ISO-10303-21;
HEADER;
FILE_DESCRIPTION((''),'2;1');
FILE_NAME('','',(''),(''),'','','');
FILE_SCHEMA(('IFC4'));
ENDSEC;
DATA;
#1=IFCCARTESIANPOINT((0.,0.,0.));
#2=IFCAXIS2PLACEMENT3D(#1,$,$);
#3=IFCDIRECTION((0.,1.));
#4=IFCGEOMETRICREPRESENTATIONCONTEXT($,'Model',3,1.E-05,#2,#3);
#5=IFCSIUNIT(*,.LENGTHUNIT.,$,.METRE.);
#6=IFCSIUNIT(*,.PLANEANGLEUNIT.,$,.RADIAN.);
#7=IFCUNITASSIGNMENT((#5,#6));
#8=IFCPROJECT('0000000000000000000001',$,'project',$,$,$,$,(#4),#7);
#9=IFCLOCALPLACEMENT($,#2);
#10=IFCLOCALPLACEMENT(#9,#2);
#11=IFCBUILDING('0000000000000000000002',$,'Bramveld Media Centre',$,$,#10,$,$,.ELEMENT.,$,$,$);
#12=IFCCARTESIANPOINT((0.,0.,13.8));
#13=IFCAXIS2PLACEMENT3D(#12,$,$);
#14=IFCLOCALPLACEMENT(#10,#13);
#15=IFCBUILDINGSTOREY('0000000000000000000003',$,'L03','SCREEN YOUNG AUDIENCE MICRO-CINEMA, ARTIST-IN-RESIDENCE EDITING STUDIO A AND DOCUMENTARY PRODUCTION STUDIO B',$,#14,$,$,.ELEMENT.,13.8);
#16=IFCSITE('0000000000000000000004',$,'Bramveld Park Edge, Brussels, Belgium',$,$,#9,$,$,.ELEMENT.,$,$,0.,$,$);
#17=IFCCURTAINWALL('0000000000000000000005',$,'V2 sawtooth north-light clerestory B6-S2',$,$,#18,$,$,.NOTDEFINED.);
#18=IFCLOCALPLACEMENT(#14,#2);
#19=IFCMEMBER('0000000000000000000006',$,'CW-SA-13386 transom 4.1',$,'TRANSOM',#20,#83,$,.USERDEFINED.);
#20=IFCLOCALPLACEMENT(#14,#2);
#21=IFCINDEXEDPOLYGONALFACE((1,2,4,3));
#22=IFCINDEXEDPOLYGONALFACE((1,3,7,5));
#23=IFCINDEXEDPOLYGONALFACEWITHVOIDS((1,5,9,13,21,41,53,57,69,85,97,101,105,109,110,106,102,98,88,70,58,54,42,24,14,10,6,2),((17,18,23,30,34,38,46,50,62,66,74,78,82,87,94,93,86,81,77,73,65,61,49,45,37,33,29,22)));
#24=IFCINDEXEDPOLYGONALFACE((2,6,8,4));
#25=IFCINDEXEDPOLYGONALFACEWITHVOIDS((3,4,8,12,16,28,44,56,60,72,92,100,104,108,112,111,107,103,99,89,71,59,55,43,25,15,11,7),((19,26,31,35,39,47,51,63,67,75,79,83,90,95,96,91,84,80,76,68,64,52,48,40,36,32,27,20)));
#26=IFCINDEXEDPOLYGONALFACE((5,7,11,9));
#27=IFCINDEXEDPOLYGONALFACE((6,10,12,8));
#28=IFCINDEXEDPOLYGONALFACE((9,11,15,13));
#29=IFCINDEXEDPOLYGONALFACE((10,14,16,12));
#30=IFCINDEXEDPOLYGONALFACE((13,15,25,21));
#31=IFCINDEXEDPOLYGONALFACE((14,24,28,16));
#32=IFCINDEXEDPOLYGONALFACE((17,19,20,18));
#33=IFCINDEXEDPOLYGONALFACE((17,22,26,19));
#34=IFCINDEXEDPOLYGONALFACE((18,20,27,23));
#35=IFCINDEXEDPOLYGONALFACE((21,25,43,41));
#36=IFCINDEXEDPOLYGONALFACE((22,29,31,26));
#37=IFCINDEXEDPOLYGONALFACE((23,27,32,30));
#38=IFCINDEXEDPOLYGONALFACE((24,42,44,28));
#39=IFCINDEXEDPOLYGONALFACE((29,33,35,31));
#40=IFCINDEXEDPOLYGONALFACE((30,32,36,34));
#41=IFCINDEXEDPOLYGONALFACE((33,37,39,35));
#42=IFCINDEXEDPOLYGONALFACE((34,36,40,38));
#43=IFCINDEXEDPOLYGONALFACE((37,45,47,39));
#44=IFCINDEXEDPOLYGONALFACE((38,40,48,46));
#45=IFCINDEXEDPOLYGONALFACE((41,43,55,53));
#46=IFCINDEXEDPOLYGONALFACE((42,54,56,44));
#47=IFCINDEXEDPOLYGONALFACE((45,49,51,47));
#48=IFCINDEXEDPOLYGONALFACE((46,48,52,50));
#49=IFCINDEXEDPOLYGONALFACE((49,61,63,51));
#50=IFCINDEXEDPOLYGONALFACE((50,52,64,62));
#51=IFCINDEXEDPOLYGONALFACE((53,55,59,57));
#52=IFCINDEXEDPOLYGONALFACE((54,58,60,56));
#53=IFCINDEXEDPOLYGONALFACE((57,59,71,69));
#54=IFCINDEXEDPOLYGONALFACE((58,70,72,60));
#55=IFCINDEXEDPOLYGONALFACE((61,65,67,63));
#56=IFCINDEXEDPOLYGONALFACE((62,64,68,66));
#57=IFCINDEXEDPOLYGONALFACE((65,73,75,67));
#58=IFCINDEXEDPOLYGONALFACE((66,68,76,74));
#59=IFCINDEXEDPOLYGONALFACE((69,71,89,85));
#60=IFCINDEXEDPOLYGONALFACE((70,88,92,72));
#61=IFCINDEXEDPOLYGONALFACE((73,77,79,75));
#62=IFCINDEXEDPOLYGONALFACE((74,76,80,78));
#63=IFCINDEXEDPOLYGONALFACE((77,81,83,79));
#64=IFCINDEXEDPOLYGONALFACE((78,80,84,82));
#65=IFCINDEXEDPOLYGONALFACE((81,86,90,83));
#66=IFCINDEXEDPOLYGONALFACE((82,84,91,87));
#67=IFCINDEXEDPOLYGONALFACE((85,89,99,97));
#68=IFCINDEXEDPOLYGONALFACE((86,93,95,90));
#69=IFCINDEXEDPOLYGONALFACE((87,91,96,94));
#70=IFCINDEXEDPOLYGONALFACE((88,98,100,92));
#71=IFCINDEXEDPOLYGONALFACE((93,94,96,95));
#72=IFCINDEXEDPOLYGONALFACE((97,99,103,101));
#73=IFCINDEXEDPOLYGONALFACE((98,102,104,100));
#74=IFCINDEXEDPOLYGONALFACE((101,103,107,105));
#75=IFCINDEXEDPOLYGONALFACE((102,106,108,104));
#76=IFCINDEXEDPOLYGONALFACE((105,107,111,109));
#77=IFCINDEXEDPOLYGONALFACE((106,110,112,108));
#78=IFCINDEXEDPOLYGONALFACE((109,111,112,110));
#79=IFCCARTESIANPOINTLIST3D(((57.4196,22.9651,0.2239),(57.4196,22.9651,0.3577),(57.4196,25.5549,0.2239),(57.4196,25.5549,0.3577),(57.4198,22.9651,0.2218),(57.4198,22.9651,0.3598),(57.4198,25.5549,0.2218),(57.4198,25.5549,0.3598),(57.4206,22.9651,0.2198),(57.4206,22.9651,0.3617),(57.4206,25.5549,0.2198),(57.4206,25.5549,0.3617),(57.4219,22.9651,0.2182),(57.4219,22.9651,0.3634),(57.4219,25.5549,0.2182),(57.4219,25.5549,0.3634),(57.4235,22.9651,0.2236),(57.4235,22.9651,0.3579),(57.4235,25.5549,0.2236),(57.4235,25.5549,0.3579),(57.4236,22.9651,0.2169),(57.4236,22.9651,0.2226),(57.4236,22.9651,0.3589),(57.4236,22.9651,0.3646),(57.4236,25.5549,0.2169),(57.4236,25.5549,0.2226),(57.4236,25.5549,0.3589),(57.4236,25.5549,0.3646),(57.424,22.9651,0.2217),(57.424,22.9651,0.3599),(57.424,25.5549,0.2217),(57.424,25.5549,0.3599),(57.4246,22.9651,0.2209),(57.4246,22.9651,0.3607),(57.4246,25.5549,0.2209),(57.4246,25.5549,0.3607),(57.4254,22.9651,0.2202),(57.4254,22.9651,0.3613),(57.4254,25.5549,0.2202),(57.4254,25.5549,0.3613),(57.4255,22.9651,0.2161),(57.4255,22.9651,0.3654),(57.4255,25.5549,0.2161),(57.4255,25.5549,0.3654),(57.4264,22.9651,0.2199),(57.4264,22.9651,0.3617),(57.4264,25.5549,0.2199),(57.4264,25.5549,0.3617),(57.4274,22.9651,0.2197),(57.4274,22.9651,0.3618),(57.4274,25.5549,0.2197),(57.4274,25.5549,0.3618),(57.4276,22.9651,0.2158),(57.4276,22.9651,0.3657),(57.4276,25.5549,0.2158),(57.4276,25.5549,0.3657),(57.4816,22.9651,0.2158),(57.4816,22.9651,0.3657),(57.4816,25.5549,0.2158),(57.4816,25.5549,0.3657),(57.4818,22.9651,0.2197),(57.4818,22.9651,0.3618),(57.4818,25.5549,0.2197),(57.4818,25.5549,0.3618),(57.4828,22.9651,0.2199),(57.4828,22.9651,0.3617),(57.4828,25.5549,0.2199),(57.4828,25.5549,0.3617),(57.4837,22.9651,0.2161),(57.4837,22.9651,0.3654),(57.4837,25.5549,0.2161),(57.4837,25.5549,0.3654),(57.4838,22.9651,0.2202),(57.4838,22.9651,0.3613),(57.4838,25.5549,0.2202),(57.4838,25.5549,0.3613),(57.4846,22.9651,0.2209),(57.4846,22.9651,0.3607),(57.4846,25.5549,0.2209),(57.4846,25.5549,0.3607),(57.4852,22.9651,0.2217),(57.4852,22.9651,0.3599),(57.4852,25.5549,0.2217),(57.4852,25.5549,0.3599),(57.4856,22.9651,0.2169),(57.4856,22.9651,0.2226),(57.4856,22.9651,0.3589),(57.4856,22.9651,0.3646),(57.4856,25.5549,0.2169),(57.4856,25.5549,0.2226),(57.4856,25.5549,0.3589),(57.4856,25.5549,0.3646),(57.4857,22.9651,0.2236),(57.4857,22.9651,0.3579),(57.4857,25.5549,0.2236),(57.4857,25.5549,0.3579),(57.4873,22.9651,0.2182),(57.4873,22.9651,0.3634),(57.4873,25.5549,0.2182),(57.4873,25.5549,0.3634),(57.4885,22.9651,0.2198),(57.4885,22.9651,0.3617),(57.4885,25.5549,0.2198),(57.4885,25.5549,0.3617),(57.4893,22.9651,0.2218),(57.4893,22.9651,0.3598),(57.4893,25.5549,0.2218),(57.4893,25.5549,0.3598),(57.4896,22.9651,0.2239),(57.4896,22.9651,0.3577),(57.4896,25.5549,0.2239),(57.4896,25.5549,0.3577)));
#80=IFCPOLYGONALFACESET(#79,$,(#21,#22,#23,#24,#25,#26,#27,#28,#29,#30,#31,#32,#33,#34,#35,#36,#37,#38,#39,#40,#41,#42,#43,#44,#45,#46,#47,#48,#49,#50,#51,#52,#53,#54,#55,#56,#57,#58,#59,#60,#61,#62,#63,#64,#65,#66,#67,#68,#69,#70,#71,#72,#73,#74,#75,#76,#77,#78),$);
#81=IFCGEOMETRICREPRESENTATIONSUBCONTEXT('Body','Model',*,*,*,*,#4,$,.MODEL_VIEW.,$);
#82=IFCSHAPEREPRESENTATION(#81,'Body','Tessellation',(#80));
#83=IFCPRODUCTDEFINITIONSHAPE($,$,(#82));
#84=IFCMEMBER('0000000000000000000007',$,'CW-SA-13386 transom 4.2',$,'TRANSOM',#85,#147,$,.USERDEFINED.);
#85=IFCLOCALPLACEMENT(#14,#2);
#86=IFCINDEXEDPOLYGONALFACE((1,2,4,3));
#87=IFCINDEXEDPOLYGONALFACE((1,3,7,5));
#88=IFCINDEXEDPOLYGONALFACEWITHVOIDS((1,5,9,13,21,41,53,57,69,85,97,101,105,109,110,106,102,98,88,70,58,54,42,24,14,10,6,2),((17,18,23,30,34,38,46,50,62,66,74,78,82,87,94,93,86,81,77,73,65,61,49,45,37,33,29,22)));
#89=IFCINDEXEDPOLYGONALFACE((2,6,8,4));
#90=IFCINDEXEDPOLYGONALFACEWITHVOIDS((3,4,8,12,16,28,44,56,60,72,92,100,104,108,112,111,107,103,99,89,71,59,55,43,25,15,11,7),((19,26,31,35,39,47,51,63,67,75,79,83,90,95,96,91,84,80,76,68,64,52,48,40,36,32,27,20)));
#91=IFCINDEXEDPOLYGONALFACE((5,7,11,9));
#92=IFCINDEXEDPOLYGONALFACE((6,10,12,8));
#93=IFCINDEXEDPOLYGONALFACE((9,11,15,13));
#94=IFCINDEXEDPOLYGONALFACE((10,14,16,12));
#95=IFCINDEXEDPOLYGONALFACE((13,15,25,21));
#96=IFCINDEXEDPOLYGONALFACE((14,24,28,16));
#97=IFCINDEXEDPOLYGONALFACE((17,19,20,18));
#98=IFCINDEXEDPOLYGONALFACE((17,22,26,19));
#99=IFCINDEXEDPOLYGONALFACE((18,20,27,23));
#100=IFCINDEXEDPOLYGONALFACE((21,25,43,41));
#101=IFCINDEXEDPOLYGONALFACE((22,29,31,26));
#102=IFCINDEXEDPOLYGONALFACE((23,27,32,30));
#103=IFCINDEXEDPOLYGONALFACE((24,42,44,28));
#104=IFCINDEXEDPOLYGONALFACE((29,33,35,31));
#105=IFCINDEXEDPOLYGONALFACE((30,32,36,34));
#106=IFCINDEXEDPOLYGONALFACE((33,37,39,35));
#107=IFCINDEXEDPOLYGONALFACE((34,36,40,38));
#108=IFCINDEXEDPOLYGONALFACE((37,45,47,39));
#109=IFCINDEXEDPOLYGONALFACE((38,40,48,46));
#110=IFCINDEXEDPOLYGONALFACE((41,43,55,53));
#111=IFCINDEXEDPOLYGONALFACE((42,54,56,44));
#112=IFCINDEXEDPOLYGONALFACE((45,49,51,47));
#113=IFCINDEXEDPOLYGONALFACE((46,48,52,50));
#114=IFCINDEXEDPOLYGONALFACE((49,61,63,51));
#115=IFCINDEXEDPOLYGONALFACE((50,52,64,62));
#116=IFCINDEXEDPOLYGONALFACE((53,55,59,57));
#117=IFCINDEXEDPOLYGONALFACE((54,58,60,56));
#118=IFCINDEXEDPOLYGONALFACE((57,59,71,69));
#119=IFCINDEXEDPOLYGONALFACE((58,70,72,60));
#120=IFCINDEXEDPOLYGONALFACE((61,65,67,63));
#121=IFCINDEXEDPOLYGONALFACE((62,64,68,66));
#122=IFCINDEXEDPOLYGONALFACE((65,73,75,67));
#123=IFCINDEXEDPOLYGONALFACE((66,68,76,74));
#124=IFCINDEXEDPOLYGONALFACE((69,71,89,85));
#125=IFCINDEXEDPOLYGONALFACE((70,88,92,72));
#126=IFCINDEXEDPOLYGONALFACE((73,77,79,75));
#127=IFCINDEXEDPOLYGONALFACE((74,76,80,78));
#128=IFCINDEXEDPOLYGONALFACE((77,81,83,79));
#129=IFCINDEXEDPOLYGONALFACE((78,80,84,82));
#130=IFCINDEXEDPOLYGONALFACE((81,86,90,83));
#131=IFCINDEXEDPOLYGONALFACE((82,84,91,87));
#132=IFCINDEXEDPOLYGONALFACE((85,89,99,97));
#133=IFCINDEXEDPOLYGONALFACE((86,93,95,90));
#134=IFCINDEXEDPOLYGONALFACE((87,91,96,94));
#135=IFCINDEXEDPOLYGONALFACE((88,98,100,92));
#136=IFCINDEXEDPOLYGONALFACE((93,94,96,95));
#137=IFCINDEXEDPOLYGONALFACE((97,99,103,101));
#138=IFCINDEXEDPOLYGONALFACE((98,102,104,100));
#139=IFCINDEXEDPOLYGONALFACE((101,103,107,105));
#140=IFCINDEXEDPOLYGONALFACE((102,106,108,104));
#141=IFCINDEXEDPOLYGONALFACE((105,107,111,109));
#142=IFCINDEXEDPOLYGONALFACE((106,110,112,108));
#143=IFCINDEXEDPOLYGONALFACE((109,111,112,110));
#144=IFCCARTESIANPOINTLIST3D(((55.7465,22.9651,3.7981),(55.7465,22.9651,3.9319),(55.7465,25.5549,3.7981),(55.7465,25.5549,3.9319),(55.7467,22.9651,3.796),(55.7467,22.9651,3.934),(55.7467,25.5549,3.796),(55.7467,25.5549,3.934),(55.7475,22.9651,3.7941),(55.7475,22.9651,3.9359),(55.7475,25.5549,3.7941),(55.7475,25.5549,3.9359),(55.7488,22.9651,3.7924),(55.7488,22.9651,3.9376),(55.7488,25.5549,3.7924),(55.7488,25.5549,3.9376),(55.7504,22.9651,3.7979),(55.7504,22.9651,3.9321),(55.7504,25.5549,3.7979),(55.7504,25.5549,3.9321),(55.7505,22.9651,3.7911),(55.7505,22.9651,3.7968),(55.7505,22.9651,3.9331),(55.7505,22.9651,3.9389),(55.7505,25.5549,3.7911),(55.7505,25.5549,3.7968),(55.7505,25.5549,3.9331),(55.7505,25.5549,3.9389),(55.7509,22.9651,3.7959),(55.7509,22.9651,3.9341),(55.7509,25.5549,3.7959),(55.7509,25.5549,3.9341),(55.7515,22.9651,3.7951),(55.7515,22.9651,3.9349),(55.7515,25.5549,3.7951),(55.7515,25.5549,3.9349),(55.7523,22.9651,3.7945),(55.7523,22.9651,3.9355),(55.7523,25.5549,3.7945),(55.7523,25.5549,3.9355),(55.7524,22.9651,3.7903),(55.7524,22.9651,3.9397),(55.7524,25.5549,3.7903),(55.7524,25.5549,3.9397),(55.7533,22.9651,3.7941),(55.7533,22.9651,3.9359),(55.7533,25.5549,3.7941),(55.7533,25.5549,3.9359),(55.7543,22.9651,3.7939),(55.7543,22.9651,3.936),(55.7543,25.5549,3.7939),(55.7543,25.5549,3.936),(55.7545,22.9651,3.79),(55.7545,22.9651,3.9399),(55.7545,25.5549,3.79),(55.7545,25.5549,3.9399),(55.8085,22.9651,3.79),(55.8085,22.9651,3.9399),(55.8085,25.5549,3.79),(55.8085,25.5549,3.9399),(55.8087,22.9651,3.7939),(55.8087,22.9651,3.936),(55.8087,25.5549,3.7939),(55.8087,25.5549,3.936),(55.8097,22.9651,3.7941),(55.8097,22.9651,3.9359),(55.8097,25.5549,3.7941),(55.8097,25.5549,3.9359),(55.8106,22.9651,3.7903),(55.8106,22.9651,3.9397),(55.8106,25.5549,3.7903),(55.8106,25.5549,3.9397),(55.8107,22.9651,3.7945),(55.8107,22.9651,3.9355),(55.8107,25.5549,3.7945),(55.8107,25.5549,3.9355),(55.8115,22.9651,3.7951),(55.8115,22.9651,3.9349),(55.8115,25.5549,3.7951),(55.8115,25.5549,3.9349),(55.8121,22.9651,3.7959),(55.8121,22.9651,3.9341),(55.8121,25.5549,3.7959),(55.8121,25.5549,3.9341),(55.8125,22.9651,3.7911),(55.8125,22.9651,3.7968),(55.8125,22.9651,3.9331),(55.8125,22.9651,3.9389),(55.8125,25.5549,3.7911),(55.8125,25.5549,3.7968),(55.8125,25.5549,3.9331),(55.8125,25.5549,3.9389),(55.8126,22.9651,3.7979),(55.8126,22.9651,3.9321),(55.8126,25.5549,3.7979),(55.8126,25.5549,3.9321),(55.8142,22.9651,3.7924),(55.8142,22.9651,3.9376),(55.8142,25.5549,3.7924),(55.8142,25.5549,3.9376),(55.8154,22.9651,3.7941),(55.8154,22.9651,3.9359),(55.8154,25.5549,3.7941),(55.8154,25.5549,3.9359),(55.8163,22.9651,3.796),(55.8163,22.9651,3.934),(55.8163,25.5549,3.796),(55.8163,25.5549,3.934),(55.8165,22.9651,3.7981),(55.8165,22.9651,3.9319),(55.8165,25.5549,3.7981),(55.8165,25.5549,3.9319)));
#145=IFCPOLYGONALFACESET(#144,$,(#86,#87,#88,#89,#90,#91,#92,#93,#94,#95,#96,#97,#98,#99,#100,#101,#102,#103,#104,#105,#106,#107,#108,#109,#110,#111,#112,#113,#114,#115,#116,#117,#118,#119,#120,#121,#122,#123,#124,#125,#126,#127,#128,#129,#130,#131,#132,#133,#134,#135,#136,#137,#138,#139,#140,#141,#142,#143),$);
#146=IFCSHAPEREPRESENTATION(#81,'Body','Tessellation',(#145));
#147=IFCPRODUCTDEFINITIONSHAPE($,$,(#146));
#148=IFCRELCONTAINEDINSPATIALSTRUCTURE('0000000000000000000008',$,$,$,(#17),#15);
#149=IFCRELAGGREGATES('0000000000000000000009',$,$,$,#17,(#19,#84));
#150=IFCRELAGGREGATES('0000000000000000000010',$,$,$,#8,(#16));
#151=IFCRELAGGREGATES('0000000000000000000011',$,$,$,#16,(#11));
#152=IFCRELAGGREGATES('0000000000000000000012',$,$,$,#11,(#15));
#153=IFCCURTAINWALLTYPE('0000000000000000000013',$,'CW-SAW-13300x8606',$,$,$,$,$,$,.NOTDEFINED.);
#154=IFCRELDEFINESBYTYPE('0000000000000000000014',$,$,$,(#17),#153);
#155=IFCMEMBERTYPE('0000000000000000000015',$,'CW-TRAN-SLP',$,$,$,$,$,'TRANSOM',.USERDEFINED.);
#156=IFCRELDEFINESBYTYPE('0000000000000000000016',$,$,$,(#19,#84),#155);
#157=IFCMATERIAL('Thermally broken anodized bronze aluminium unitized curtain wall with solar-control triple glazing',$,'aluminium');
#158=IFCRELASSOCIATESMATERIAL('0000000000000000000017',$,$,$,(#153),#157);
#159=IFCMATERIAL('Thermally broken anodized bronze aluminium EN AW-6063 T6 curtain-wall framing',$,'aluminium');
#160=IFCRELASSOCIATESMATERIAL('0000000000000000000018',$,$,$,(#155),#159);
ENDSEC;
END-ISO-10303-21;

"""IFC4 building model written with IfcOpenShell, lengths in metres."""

from ifc_helpers import new_model, si_unit, direction, frame, origin, origin_2d, place, context, subcontext, project, spatial, hollow_rectangle, extrude, material, material_profile, profile_set, type_object, element, aggregate, save


model = new_model("IFC4")

# Units and contexts
model_context = context("Model", 3, precision=1e-05, world=origin(), true_north=direction((0.0, 1.0)))
body_context = subcontext(model_context, "Body", "Model", "MODEL_VIEW")
ifc_project = project(units=[si_unit("LENGTHUNIT", "METRE"), si_unit("PLANEANGLEUNIT", "RADIAN")], contexts=[model_context])

# Site, building, storey
site_placement = place(None, origin())
site = spatial("IfcSite", under=ifc_project, at=site_placement, Name="Bramveld Park Edge, Brussels, Belgium", CompositionType="ELEMENT", RefElevation=0.0)
building_placement = place(site_placement, origin())
building = spatial("IfcBuilding", under=site, at=building_placement, Name="Bramveld Media Centre", CompositionType="ELEMENT")
storey_placement = place(building_placement, frame((0.0, 0.0, 13.8)))
storey = spatial("IfcBuildingStorey", under=building, at=storey_placement, Name="L03", Description="SCREEN YOUNG AUDIENCE MICRO-CINEMA, ARTIST-IN-RESIDENCE EDITING STUDIO A AND DOCUMENTARY PRODUCTION STUDIO B", CompositionType="ELEMENT", Elevation=13.8)

# Curtain wall
ifc_material_1 = material(Name="Thermally broken anodized bronze aluminium unitized curtain wall with solar-control triple glazing", Category="aluminium")
curtain_wall_type = type_object("IfcCurtainWallType", Name="CW-SAW-13300x8606", PredefinedType="NOTDEFINED", material=ifc_material_1)
curtain_wall_1_placement = place(storey_placement, origin())
curtain_wall_1 = element("IfcCurtainWall", 1, at=curtain_wall_1_placement, inside=storey, type_object=curtain_wall_type, Name="V2 sawtooth north-light clerestory B6-S2", PredefinedType="NOTDEFINED")

# Members
ifc_material_2 = material(Name="Thermally broken anodized bronze aluminium EN AW-6063 T6 curtain-wall framing", Category="aluminium")
ifc_material_profile_1 = material_profile(ifc_material_2, hollow_rectangle(XDim=0.0701, YDim=0.1499, WallThickness=0.0039, InnerFilletRadius=0.0039, OuterFilletRadius=0.0081, at=origin_2d()), Name="AL-TRAN 70x150")
ifc_profile_set_1 = profile_set([ifc_material_profile_1], Name="Thermally broken anodized bronze aluminium EN AW-6063 T6 curtain-wall framing")
member_type_1 = type_object("IfcMemberType", Name="CW-TRAN-SLP", ElementType="TRANSOM", PredefinedType="USERDEFINED", material=ifc_profile_set_1)
member_1_placement = place(storey_placement, frame((57.4546, 22.9651, 0.2908), z_axis=(0.0, 1.0, 0.0), x_axis=(-1.0, 0.0, 0.0)))
member_1 = element("IfcMember", 2, at=member_1_placement, type_object=member_type_1, Name="CW-SA-13386 transom 4.1", ObjectType="TRANSOM", PredefinedType="USERDEFINED", context=body_context, shape_type="SweptSolid", body=[
    extrude(hollow_rectangle(XDim=0.0701, YDim=0.1499, WallThickness=0.0039, InnerFilletRadius=0.0039, OuterFilletRadius=0.0081, at=origin_2d()), origin(), (0.0, 0.0, 1.0), 2.5898),
])
member_2_placement = place(storey_placement, frame((55.7815, 22.9651, 3.865), z_axis=(0.0, 1.0, 0.0), x_axis=(-1.0, 0.0, 0.0)))
member_2 = element("IfcMember", 3, at=member_2_placement, type_object=member_type_1, Name="CW-SA-13386 transom 4.2", ObjectType="TRANSOM", PredefinedType="USERDEFINED", context=body_context, shape_type="SweptSolid", body=[
    extrude(hollow_rectangle(XDim=0.0701, YDim=0.1499, WallThickness=0.0039, InnerFilletRadius=0.0039, OuterFilletRadius=0.0081, at=origin_2d()), origin(), (0.0, 0.0, 1.0), 2.5898),
])

aggregate(curtain_wall_1, [member_1, member_2])

save(model, "model.ifc")
